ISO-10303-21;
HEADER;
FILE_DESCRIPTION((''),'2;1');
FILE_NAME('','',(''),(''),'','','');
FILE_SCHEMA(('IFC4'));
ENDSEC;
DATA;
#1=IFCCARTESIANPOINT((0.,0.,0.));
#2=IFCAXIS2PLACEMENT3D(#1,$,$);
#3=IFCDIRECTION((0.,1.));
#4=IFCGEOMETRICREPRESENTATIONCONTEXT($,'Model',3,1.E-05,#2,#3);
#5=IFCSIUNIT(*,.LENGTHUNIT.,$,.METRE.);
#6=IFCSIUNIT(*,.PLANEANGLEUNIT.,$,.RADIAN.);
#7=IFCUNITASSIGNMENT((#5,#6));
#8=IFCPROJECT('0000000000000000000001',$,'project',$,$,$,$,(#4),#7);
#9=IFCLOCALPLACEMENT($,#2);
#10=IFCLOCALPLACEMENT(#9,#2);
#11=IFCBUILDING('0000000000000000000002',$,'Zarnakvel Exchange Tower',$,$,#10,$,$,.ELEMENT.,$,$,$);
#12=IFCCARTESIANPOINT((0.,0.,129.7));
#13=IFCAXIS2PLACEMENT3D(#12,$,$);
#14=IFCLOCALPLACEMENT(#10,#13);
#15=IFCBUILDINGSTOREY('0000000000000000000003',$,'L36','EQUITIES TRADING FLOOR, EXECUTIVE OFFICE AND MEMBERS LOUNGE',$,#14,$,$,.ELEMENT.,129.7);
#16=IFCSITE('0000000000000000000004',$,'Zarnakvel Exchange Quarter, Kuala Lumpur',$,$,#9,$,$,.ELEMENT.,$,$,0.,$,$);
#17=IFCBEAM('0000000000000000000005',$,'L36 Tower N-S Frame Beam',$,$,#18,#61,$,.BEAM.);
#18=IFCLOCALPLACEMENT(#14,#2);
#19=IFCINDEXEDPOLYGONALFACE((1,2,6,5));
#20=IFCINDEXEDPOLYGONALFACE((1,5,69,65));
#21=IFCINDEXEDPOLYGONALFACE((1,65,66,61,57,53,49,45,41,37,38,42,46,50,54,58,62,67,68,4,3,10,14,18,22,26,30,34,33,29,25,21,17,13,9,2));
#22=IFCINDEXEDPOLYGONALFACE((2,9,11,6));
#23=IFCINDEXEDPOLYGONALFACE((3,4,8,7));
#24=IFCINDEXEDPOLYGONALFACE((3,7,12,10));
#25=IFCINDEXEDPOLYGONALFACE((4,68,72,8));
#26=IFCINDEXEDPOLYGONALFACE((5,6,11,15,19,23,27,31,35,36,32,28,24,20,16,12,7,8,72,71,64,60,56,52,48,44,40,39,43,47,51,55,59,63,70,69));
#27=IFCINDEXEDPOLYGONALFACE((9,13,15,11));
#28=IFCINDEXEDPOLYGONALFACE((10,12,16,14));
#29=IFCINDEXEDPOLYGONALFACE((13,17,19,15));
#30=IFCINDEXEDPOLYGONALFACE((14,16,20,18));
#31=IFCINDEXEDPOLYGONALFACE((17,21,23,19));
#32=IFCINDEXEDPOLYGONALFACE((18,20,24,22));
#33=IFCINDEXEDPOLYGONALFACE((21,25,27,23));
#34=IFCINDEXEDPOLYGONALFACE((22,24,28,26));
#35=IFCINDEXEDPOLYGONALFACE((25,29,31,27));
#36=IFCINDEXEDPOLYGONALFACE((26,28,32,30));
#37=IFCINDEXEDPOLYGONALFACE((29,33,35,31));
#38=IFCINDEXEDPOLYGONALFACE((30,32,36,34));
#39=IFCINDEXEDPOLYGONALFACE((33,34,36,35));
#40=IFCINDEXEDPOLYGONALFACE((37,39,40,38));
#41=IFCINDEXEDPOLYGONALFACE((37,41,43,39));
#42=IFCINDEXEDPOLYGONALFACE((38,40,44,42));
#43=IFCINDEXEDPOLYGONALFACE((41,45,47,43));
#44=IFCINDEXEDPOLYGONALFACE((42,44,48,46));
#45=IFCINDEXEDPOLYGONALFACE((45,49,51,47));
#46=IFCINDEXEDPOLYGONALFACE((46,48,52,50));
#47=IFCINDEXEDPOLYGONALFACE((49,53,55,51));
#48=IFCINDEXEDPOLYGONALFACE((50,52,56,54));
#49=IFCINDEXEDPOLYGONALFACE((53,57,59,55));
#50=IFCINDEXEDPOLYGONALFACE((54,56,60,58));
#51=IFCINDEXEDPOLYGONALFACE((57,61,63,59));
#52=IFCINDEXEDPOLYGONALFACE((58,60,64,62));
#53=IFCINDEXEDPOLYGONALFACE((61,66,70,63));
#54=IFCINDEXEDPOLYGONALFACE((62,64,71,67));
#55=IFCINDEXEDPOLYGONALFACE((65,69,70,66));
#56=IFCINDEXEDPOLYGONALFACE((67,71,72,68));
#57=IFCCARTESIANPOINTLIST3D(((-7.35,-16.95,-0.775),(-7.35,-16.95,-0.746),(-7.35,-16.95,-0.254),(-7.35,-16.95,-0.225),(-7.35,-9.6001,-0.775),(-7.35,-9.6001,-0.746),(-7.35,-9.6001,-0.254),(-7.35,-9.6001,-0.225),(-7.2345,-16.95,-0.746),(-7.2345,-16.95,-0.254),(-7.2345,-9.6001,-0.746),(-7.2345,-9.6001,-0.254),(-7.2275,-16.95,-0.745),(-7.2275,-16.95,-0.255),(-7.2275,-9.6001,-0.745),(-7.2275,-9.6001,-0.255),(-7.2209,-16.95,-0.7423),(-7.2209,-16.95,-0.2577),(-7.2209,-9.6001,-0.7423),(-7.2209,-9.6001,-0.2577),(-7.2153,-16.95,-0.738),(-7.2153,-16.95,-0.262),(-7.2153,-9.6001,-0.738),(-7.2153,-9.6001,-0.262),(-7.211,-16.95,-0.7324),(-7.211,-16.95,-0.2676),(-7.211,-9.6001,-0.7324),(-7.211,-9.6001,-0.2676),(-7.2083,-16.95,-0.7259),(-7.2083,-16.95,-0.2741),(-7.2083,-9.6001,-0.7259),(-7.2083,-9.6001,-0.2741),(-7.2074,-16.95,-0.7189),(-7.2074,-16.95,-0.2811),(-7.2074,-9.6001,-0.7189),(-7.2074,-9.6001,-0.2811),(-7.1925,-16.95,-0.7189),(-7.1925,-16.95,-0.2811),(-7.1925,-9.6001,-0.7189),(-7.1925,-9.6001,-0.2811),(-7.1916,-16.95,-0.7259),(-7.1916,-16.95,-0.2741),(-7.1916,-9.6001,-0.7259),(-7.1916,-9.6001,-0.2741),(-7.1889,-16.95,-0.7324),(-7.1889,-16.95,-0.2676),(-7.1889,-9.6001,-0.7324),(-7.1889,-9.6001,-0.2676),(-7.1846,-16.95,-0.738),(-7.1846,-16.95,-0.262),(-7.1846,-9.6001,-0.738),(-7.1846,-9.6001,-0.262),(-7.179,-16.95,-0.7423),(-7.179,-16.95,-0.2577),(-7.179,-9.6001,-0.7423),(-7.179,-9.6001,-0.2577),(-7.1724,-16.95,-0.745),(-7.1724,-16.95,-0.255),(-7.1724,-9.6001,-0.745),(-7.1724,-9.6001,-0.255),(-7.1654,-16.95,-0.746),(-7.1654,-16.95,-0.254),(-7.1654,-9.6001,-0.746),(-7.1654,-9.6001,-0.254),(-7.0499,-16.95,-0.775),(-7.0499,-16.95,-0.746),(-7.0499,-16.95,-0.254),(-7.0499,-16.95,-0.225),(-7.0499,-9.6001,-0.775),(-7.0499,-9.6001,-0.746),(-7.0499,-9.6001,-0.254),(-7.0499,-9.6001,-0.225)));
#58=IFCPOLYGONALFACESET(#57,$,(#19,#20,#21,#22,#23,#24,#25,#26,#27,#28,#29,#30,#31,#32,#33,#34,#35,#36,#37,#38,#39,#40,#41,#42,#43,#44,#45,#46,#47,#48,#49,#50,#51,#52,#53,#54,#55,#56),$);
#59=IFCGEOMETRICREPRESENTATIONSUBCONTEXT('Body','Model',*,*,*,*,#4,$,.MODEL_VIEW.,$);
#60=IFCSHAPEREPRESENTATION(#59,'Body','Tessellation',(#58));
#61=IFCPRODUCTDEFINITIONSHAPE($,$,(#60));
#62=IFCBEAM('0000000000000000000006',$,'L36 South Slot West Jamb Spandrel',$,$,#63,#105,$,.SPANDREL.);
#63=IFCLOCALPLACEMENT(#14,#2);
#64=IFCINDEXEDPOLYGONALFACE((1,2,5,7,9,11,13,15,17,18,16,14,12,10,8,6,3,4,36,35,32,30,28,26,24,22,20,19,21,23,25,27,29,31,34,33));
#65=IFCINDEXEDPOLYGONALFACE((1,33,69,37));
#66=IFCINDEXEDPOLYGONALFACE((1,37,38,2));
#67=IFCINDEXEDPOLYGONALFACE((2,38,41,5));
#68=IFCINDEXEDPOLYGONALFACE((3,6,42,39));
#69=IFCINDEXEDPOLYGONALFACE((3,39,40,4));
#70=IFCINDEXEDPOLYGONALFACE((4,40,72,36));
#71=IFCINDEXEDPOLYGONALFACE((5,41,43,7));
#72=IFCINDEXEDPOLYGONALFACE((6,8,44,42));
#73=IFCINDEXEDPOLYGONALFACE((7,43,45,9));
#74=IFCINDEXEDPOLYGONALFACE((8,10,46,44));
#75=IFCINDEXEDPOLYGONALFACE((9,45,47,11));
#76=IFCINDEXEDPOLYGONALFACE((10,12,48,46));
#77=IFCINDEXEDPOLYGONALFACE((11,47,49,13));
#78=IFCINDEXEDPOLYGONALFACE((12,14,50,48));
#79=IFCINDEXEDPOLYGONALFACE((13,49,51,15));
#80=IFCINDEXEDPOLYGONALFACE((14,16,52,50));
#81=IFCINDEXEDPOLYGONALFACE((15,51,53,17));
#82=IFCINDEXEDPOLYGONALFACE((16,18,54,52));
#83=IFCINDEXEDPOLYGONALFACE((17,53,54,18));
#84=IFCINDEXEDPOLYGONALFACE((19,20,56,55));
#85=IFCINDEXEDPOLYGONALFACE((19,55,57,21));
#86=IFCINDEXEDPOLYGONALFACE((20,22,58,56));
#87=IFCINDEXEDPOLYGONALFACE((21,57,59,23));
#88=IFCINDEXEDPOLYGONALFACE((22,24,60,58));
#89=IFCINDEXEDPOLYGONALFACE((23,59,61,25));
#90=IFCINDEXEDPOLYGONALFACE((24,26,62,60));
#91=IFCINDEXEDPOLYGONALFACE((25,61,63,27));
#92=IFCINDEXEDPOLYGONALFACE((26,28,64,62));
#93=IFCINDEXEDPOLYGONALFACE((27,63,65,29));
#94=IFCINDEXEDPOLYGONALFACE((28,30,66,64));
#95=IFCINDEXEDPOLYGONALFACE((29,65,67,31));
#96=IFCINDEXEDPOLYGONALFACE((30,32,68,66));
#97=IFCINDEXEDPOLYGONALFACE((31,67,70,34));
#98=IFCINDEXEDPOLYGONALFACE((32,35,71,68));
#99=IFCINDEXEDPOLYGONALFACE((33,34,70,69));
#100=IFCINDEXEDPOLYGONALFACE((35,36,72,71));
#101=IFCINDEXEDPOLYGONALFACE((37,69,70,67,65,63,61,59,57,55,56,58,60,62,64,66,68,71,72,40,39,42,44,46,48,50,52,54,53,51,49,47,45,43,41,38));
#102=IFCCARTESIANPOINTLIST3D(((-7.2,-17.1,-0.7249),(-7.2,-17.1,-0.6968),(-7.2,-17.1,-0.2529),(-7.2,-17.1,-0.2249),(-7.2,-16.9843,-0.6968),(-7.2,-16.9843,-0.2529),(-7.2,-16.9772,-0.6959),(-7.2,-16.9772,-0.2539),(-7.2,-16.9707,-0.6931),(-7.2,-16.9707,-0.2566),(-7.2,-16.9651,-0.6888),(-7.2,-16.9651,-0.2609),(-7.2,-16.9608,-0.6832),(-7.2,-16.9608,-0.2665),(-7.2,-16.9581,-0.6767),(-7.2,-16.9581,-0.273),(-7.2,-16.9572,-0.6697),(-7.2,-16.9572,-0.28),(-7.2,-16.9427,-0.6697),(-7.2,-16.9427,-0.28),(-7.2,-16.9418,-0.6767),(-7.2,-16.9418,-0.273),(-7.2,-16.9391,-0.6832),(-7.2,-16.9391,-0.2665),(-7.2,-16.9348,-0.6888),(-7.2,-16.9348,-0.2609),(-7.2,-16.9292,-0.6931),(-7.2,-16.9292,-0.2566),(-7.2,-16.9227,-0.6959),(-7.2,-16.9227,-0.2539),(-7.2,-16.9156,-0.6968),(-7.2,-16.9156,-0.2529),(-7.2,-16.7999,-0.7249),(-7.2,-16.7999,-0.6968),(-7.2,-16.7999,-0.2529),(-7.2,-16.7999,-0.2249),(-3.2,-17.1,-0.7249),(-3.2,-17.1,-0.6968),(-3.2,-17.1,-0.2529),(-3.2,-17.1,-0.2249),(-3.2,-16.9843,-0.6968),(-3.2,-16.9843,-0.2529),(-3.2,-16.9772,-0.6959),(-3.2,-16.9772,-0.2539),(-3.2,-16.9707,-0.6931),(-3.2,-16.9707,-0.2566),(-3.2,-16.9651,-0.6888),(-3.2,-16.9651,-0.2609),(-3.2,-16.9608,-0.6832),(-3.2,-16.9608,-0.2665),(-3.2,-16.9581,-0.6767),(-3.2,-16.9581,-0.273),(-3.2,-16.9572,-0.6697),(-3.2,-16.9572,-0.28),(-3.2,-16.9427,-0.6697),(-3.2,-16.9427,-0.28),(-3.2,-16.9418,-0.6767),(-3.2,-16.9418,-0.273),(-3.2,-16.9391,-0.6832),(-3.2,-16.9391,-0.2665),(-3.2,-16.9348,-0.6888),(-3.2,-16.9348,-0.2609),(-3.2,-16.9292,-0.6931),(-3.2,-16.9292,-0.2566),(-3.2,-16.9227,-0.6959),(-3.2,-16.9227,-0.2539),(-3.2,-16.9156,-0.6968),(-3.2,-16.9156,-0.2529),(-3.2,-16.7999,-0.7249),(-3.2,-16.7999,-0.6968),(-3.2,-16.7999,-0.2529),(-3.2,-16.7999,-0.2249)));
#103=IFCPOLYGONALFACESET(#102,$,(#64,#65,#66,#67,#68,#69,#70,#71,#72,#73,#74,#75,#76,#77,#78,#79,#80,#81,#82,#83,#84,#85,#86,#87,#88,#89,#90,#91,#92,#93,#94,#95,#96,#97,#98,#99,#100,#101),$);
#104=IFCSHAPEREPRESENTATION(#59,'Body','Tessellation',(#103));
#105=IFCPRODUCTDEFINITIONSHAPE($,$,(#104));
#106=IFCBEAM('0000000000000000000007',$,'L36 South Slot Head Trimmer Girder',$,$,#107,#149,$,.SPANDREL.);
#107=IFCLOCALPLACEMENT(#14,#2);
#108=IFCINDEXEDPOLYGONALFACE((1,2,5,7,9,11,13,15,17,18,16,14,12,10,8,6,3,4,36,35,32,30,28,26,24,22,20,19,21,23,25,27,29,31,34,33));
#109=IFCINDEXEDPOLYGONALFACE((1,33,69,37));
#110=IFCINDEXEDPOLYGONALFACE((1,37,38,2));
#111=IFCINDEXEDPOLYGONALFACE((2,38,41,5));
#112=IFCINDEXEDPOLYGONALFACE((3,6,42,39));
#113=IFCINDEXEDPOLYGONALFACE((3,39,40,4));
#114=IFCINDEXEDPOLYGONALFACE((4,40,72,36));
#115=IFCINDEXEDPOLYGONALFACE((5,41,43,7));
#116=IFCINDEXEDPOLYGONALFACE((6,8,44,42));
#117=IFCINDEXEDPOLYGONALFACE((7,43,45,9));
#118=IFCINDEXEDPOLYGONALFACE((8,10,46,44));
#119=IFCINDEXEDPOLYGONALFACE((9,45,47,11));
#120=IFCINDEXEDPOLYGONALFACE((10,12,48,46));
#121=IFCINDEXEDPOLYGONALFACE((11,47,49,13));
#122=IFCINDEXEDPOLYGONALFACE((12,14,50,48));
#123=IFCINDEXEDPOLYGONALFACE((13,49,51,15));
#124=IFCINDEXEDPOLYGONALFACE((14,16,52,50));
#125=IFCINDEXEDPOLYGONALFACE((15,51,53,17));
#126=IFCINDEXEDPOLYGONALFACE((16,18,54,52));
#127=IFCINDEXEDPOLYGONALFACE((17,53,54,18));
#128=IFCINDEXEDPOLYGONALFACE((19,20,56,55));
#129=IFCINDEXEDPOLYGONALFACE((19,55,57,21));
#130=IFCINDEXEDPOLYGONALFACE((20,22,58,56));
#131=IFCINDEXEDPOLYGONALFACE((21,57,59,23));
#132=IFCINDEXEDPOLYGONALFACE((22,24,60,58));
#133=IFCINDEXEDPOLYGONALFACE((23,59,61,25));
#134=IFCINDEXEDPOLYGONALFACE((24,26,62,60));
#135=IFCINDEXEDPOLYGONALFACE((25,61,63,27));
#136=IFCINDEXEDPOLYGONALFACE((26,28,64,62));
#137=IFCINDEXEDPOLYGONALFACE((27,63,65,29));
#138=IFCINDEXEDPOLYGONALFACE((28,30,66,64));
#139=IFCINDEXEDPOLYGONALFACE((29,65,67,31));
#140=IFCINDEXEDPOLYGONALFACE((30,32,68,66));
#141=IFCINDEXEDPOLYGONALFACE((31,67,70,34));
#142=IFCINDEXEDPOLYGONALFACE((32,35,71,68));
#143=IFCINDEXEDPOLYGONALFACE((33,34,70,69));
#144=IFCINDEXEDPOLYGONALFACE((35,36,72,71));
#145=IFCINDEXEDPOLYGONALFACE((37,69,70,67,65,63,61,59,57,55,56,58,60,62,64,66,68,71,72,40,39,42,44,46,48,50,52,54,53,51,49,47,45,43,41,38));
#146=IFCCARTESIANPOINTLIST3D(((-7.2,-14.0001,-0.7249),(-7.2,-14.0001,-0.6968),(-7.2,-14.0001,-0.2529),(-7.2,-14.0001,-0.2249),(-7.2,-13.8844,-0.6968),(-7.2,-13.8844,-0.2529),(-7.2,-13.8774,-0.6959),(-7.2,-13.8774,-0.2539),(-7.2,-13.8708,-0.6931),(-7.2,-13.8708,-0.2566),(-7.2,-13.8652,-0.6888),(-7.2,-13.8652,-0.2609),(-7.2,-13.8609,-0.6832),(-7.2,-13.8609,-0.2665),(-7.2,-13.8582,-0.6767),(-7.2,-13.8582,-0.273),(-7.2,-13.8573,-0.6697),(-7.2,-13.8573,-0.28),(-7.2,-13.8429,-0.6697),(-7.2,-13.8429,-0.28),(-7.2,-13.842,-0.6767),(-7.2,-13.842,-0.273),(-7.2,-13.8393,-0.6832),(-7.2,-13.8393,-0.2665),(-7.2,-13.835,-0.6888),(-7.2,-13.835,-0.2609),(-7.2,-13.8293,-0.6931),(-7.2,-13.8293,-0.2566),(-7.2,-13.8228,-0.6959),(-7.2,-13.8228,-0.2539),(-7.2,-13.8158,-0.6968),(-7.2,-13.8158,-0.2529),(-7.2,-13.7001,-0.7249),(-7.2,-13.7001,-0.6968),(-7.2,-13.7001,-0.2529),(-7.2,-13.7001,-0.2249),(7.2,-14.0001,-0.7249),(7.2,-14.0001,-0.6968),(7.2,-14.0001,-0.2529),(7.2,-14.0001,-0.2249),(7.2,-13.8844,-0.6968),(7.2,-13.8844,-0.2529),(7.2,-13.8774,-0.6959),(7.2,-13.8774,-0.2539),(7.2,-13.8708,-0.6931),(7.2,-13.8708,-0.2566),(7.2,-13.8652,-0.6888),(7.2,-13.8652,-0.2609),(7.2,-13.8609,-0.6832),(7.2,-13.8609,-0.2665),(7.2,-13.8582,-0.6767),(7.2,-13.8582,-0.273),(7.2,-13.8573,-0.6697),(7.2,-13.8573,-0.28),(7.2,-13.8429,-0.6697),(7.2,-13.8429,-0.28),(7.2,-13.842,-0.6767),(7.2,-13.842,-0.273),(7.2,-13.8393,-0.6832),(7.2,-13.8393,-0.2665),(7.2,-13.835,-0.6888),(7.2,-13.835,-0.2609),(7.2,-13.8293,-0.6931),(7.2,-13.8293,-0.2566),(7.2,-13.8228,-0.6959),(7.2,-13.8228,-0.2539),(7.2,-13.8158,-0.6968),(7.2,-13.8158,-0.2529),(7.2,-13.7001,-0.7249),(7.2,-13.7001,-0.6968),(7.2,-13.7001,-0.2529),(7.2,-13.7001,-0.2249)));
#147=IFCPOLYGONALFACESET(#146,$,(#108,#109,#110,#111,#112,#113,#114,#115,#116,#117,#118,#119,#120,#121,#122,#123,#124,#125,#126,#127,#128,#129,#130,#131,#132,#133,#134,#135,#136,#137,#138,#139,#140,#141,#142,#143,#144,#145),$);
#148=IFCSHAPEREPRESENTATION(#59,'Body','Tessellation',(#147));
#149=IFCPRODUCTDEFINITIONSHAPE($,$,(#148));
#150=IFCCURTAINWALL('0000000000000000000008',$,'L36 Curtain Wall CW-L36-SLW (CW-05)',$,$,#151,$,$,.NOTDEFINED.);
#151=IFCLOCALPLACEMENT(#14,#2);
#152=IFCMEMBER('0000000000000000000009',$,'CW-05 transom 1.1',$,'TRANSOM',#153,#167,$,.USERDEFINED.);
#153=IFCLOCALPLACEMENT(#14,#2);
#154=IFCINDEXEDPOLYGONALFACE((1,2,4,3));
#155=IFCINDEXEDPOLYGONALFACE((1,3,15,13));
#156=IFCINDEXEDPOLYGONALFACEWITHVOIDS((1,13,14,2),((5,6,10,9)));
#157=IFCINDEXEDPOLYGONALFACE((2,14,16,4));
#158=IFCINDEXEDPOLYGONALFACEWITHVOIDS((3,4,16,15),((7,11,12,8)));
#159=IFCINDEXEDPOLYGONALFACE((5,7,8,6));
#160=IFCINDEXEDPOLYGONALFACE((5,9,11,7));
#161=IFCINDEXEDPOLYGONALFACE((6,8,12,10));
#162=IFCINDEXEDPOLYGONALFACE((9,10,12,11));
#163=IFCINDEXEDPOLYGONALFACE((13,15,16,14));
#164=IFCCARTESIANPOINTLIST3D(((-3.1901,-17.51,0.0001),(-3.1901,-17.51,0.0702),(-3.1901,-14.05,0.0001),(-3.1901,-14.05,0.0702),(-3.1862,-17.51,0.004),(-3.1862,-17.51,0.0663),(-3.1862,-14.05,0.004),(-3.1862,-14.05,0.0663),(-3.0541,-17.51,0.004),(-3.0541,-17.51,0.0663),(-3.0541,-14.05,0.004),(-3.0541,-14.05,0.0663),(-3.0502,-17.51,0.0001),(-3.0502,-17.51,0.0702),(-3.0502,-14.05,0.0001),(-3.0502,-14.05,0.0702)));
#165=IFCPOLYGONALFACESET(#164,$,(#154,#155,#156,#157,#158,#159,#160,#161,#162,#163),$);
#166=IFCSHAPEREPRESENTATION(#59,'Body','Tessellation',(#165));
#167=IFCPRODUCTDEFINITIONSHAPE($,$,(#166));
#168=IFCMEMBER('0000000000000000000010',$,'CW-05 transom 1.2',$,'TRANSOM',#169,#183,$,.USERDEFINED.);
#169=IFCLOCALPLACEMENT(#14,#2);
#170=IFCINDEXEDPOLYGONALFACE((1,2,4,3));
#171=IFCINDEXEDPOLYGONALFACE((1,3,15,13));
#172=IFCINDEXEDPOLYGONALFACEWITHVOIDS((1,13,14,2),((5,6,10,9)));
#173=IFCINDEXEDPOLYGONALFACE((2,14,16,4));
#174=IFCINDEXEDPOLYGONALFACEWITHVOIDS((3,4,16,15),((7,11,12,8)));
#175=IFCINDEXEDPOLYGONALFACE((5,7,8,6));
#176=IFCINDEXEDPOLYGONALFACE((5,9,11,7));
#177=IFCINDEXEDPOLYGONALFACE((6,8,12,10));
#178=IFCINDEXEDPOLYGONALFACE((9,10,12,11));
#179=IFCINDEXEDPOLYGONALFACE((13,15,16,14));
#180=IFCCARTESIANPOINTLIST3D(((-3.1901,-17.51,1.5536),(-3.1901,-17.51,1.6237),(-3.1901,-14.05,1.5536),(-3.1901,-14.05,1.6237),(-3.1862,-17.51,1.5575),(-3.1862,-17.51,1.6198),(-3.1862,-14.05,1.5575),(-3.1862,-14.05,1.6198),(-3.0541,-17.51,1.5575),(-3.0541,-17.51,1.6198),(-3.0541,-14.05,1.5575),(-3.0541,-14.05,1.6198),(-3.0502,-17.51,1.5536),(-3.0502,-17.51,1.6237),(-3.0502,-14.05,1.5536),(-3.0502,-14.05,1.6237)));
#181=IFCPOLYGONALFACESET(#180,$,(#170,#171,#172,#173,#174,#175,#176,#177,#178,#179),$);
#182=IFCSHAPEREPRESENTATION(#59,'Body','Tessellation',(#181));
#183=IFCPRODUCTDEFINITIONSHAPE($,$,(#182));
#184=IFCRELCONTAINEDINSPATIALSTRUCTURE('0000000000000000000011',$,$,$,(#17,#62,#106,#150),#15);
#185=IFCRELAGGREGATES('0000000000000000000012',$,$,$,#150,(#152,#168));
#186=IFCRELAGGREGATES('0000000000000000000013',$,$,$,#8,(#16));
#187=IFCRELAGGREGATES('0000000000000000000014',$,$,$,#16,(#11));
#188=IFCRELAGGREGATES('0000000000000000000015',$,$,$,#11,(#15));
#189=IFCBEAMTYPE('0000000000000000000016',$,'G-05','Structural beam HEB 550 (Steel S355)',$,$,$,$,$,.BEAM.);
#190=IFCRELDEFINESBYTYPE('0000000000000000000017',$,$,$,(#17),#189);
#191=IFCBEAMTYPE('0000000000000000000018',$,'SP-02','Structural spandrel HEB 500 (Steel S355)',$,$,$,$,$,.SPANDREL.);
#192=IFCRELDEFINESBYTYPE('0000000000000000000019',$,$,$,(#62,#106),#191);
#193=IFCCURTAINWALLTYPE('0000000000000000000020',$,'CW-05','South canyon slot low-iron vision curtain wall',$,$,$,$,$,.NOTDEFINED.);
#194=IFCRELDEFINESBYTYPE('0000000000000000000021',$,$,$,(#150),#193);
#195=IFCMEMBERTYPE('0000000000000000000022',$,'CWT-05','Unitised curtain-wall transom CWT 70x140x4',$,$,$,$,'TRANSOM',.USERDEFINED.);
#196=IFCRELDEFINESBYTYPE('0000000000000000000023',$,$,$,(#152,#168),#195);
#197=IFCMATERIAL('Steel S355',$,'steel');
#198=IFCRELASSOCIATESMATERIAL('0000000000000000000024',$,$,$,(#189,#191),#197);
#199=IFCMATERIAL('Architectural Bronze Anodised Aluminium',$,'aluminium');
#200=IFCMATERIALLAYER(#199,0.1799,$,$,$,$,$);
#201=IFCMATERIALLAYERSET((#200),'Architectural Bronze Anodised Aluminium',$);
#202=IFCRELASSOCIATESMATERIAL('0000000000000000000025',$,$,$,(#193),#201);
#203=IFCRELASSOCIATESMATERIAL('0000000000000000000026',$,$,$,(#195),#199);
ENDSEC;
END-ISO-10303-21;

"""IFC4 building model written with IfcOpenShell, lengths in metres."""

from ifc_helpers import new_model, si_unit, direction, frame, origin, origin_2d, place, context, subcontext, project, spatial, hollow_rectangle, i_section, extrude, source, transform, mapped, material, layer, layer_set, material_profile, profile_set, type_object, element, aggregate, save


model = new_model("IFC4")

# Units and contexts
model_context = context("Model", 3, precision=1e-05, world=origin(), true_north=direction((0.0, 1.0)))
body_context = subcontext(model_context, "Body", "Model", "MODEL_VIEW")
ifc_project = project(units=[si_unit("LENGTHUNIT", "METRE"), si_unit("PLANEANGLEUNIT", "RADIAN")], contexts=[model_context])

# Site, building, storey
site_placement = place(None, origin())
site = spatial("IfcSite", under=ifc_project, at=site_placement, Name="Zarnakvel Exchange Quarter, Kuala Lumpur", CompositionType="ELEMENT", RefElevation=0.0)
building_placement = place(site_placement, origin())
building = spatial("IfcBuilding", under=site, at=building_placement, Name="Zarnakvel Exchange Tower", CompositionType="ELEMENT")
storey_placement = place(building_placement, frame((0.0, 0.0, 129.7)))
storey = spatial("IfcBuildingStorey", under=building, at=storey_placement, Name="L36", Description="EQUITIES TRADING FLOOR, EXECUTIVE OFFICE AND MEMBERS LOUNGE", CompositionType="ELEMENT", Elevation=129.7)

# Beams
ifc_material_1 = material(Name="Steel S355", Category="steel")
ifc_material_profile_1 = material_profile(ifc_material_1, i_section(OverallWidth=0.3, OverallDepth=0.55, WebThickness=0.0149, FlangeThickness=0.0291, FilletRadius=0.0271, at=origin_2d()))
ifc_profile_set_1 = profile_set([ifc_material_profile_1], Name="Steel S355")
beam_type_1 = type_object("IfcBeamType", Name="G-05", Description="Structural beam HEB 550 (Steel S355)", PredefinedType="BEAM", material=ifc_profile_set_1)
beam_1_placement = place(storey_placement, frame((-7.2, -16.95, -0.5), z_axis=(0.0, 1.0, 0.0), x_axis=(-1.0, 0.0, 0.0)))
element("IfcBeam", 1, at=beam_1_placement, inside=storey, type_object=beam_type_1, Name="L36 Tower N-S Frame Beam", PredefinedType="BEAM", context=body_context, shape_type="SweptSolid", body=[
    extrude(i_section(OverallWidth=0.3, OverallDepth=0.55, WebThickness=0.0149, FlangeThickness=0.0291, FilletRadius=0.0271, at=origin_2d()), origin(), (0.0, 0.0, 1.0), 7.3499),
])
ifc_material_profile_2 = material_profile(ifc_material_1, i_section(OverallWidth=0.3, OverallDepth=0.5, WebThickness=0.0144, FlangeThickness=0.0281, FilletRadius=0.0271, at=origin_2d()))
ifc_profile_set_2 = profile_set([ifc_material_profile_2], Name="Steel S355")
beam_type_2 = type_object("IfcBeamType", Name="SP-02", Description="Structural spandrel HEB 500 (Steel S355)", PredefinedType="SPANDREL", material=ifc_profile_set_2)
beam_2_placement = place(storey_placement, frame((-7.2, -16.95, -0.4749), z_axis=(1.0, 0.0, 0.0), x_axis=(0.0, 1.0, 0.0)))
element("IfcBeam", 2, at=beam_2_placement, inside=storey, type_object=beam_type_2, Name="L36 South Slot West Jamb Spandrel", PredefinedType="SPANDREL", context=body_context, shape_type="SweptSolid", body=[
    extrude(i_section(OverallWidth=0.3, OverallDepth=0.5, WebThickness=0.0144, FlangeThickness=0.0281, FilletRadius=0.0271, at=origin_2d()), origin(), (0.0, 0.0, 1.0), 4.0),
])
beam_3_placement = place(storey_placement, frame((-7.2, -13.8501, -0.4749), z_axis=(1.0, 0.0, 0.0), x_axis=(0.0, 1.0, 0.0)))
element("IfcBeam", 3, at=beam_3_placement, inside=storey, type_object=beam_type_2, Name="L36 South Slot Head Trimmer Girder", PredefinedType="SPANDREL", context=body_context, shape_type="SweptSolid", body=[
    extrude(i_section(OverallWidth=0.3, OverallDepth=0.5, WebThickness=0.0144, FlangeThickness=0.0281, FilletRadius=0.0271, at=origin_2d()), origin(), (0.0, 0.0, 1.0), 14.3999),
])

# Curtain wall, members
ifc_material_2 = material(Name="Architectural Bronze Anodised Aluminium", Category="aluminium")
ifc_layer_1 = layer(ifc_material_2, 0.1799)
ifc_layer_set_1 = layer_set([ifc_layer_1], Name="Architectural Bronze Anodised Aluminium")
curtain_wall_type = type_object("IfcCurtainWallType", Name="CW-05", Description="South canyon slot low-iron vision curtain wall", PredefinedType="NOTDEFINED", material=ifc_layer_set_1)
curtain_wall_1_placement = place(storey_placement, origin())
curtain_wall_1 = element("IfcCurtainWall", 4, at=curtain_wall_1_placement, inside=storey, type_object=curtain_wall_type, Name="L36 Curtain Wall CW-L36-SLW (CW-05)", PredefinedType="NOTDEFINED")
ifc_material_profile_3 = material_profile(ifc_material_2, hollow_rectangle(XDim=0.1399, YDim=0.0701, WallThickness=0.0039, at=origin_2d()))
ifc_profile_set_3 = profile_set([ifc_material_profile_3], Name="Architectural Bronze Anodised Aluminium")
member_type_1 = type_object("IfcMemberType", Name="CWT-05", Description="Unitised curtain-wall transom CWT 70x140x4", ElementType="TRANSOM", PredefinedType="USERDEFINED", material=ifc_profile_set_3)
shared_shape_1 = source(origin(), body_context, "Body", "SweptSolid", [
    extrude(hollow_rectangle(XDim=0.1399, YDim=0.0701, WallThickness=0.0039, at=origin_2d()), origin(), (0.0, 0.0, 1.0), 3.46),
])
member_1_placement = place(storey_placement, frame((-3.1201, -17.51, 0.0352), z_axis=(0.0, 1.0, 0.0), x_axis=(-1.0, 0.0, 0.0)))
member_1 = element("IfcMember", 5, at=member_1_placement, type_object=member_type_1, Name="CW-05 transom 1.1", ObjectType="TRANSOM", PredefinedType="USERDEFINED", context=body_context, shape_type="MappedRepresentation", body=[
    mapped(shared_shape_1, transform((0.0, 0.0, 0.0), x_axis=(1.0, 0.0, 0.0), y_axis=(0.0, 1.0, 0.0), z_axis=(0.0, 0.0, 1.0), scale=1.0)),
])
member_2_placement = place(storey_placement, frame((-3.1201, -17.51, 1.5886), z_axis=(0.0, 1.0, 0.0), x_axis=(-1.0, 0.0, 0.0)))
member_2 = element("IfcMember", 6, at=member_2_placement, type_object=member_type_1, Name="CW-05 transom 1.2", ObjectType="TRANSOM", PredefinedType="USERDEFINED", context=body_context, shape_type="MappedRepresentation", body=[
    mapped(shared_shape_1, transform((0.0, 0.0, 0.0), x_axis=(1.0, 0.0, 0.0), y_axis=(0.0, 1.0, 0.0), z_axis=(0.0, 0.0, 1.0), scale=1.0)),
])

aggregate(curtain_wall_1, [member_1, member_2])

save(model, "model.ifc")
